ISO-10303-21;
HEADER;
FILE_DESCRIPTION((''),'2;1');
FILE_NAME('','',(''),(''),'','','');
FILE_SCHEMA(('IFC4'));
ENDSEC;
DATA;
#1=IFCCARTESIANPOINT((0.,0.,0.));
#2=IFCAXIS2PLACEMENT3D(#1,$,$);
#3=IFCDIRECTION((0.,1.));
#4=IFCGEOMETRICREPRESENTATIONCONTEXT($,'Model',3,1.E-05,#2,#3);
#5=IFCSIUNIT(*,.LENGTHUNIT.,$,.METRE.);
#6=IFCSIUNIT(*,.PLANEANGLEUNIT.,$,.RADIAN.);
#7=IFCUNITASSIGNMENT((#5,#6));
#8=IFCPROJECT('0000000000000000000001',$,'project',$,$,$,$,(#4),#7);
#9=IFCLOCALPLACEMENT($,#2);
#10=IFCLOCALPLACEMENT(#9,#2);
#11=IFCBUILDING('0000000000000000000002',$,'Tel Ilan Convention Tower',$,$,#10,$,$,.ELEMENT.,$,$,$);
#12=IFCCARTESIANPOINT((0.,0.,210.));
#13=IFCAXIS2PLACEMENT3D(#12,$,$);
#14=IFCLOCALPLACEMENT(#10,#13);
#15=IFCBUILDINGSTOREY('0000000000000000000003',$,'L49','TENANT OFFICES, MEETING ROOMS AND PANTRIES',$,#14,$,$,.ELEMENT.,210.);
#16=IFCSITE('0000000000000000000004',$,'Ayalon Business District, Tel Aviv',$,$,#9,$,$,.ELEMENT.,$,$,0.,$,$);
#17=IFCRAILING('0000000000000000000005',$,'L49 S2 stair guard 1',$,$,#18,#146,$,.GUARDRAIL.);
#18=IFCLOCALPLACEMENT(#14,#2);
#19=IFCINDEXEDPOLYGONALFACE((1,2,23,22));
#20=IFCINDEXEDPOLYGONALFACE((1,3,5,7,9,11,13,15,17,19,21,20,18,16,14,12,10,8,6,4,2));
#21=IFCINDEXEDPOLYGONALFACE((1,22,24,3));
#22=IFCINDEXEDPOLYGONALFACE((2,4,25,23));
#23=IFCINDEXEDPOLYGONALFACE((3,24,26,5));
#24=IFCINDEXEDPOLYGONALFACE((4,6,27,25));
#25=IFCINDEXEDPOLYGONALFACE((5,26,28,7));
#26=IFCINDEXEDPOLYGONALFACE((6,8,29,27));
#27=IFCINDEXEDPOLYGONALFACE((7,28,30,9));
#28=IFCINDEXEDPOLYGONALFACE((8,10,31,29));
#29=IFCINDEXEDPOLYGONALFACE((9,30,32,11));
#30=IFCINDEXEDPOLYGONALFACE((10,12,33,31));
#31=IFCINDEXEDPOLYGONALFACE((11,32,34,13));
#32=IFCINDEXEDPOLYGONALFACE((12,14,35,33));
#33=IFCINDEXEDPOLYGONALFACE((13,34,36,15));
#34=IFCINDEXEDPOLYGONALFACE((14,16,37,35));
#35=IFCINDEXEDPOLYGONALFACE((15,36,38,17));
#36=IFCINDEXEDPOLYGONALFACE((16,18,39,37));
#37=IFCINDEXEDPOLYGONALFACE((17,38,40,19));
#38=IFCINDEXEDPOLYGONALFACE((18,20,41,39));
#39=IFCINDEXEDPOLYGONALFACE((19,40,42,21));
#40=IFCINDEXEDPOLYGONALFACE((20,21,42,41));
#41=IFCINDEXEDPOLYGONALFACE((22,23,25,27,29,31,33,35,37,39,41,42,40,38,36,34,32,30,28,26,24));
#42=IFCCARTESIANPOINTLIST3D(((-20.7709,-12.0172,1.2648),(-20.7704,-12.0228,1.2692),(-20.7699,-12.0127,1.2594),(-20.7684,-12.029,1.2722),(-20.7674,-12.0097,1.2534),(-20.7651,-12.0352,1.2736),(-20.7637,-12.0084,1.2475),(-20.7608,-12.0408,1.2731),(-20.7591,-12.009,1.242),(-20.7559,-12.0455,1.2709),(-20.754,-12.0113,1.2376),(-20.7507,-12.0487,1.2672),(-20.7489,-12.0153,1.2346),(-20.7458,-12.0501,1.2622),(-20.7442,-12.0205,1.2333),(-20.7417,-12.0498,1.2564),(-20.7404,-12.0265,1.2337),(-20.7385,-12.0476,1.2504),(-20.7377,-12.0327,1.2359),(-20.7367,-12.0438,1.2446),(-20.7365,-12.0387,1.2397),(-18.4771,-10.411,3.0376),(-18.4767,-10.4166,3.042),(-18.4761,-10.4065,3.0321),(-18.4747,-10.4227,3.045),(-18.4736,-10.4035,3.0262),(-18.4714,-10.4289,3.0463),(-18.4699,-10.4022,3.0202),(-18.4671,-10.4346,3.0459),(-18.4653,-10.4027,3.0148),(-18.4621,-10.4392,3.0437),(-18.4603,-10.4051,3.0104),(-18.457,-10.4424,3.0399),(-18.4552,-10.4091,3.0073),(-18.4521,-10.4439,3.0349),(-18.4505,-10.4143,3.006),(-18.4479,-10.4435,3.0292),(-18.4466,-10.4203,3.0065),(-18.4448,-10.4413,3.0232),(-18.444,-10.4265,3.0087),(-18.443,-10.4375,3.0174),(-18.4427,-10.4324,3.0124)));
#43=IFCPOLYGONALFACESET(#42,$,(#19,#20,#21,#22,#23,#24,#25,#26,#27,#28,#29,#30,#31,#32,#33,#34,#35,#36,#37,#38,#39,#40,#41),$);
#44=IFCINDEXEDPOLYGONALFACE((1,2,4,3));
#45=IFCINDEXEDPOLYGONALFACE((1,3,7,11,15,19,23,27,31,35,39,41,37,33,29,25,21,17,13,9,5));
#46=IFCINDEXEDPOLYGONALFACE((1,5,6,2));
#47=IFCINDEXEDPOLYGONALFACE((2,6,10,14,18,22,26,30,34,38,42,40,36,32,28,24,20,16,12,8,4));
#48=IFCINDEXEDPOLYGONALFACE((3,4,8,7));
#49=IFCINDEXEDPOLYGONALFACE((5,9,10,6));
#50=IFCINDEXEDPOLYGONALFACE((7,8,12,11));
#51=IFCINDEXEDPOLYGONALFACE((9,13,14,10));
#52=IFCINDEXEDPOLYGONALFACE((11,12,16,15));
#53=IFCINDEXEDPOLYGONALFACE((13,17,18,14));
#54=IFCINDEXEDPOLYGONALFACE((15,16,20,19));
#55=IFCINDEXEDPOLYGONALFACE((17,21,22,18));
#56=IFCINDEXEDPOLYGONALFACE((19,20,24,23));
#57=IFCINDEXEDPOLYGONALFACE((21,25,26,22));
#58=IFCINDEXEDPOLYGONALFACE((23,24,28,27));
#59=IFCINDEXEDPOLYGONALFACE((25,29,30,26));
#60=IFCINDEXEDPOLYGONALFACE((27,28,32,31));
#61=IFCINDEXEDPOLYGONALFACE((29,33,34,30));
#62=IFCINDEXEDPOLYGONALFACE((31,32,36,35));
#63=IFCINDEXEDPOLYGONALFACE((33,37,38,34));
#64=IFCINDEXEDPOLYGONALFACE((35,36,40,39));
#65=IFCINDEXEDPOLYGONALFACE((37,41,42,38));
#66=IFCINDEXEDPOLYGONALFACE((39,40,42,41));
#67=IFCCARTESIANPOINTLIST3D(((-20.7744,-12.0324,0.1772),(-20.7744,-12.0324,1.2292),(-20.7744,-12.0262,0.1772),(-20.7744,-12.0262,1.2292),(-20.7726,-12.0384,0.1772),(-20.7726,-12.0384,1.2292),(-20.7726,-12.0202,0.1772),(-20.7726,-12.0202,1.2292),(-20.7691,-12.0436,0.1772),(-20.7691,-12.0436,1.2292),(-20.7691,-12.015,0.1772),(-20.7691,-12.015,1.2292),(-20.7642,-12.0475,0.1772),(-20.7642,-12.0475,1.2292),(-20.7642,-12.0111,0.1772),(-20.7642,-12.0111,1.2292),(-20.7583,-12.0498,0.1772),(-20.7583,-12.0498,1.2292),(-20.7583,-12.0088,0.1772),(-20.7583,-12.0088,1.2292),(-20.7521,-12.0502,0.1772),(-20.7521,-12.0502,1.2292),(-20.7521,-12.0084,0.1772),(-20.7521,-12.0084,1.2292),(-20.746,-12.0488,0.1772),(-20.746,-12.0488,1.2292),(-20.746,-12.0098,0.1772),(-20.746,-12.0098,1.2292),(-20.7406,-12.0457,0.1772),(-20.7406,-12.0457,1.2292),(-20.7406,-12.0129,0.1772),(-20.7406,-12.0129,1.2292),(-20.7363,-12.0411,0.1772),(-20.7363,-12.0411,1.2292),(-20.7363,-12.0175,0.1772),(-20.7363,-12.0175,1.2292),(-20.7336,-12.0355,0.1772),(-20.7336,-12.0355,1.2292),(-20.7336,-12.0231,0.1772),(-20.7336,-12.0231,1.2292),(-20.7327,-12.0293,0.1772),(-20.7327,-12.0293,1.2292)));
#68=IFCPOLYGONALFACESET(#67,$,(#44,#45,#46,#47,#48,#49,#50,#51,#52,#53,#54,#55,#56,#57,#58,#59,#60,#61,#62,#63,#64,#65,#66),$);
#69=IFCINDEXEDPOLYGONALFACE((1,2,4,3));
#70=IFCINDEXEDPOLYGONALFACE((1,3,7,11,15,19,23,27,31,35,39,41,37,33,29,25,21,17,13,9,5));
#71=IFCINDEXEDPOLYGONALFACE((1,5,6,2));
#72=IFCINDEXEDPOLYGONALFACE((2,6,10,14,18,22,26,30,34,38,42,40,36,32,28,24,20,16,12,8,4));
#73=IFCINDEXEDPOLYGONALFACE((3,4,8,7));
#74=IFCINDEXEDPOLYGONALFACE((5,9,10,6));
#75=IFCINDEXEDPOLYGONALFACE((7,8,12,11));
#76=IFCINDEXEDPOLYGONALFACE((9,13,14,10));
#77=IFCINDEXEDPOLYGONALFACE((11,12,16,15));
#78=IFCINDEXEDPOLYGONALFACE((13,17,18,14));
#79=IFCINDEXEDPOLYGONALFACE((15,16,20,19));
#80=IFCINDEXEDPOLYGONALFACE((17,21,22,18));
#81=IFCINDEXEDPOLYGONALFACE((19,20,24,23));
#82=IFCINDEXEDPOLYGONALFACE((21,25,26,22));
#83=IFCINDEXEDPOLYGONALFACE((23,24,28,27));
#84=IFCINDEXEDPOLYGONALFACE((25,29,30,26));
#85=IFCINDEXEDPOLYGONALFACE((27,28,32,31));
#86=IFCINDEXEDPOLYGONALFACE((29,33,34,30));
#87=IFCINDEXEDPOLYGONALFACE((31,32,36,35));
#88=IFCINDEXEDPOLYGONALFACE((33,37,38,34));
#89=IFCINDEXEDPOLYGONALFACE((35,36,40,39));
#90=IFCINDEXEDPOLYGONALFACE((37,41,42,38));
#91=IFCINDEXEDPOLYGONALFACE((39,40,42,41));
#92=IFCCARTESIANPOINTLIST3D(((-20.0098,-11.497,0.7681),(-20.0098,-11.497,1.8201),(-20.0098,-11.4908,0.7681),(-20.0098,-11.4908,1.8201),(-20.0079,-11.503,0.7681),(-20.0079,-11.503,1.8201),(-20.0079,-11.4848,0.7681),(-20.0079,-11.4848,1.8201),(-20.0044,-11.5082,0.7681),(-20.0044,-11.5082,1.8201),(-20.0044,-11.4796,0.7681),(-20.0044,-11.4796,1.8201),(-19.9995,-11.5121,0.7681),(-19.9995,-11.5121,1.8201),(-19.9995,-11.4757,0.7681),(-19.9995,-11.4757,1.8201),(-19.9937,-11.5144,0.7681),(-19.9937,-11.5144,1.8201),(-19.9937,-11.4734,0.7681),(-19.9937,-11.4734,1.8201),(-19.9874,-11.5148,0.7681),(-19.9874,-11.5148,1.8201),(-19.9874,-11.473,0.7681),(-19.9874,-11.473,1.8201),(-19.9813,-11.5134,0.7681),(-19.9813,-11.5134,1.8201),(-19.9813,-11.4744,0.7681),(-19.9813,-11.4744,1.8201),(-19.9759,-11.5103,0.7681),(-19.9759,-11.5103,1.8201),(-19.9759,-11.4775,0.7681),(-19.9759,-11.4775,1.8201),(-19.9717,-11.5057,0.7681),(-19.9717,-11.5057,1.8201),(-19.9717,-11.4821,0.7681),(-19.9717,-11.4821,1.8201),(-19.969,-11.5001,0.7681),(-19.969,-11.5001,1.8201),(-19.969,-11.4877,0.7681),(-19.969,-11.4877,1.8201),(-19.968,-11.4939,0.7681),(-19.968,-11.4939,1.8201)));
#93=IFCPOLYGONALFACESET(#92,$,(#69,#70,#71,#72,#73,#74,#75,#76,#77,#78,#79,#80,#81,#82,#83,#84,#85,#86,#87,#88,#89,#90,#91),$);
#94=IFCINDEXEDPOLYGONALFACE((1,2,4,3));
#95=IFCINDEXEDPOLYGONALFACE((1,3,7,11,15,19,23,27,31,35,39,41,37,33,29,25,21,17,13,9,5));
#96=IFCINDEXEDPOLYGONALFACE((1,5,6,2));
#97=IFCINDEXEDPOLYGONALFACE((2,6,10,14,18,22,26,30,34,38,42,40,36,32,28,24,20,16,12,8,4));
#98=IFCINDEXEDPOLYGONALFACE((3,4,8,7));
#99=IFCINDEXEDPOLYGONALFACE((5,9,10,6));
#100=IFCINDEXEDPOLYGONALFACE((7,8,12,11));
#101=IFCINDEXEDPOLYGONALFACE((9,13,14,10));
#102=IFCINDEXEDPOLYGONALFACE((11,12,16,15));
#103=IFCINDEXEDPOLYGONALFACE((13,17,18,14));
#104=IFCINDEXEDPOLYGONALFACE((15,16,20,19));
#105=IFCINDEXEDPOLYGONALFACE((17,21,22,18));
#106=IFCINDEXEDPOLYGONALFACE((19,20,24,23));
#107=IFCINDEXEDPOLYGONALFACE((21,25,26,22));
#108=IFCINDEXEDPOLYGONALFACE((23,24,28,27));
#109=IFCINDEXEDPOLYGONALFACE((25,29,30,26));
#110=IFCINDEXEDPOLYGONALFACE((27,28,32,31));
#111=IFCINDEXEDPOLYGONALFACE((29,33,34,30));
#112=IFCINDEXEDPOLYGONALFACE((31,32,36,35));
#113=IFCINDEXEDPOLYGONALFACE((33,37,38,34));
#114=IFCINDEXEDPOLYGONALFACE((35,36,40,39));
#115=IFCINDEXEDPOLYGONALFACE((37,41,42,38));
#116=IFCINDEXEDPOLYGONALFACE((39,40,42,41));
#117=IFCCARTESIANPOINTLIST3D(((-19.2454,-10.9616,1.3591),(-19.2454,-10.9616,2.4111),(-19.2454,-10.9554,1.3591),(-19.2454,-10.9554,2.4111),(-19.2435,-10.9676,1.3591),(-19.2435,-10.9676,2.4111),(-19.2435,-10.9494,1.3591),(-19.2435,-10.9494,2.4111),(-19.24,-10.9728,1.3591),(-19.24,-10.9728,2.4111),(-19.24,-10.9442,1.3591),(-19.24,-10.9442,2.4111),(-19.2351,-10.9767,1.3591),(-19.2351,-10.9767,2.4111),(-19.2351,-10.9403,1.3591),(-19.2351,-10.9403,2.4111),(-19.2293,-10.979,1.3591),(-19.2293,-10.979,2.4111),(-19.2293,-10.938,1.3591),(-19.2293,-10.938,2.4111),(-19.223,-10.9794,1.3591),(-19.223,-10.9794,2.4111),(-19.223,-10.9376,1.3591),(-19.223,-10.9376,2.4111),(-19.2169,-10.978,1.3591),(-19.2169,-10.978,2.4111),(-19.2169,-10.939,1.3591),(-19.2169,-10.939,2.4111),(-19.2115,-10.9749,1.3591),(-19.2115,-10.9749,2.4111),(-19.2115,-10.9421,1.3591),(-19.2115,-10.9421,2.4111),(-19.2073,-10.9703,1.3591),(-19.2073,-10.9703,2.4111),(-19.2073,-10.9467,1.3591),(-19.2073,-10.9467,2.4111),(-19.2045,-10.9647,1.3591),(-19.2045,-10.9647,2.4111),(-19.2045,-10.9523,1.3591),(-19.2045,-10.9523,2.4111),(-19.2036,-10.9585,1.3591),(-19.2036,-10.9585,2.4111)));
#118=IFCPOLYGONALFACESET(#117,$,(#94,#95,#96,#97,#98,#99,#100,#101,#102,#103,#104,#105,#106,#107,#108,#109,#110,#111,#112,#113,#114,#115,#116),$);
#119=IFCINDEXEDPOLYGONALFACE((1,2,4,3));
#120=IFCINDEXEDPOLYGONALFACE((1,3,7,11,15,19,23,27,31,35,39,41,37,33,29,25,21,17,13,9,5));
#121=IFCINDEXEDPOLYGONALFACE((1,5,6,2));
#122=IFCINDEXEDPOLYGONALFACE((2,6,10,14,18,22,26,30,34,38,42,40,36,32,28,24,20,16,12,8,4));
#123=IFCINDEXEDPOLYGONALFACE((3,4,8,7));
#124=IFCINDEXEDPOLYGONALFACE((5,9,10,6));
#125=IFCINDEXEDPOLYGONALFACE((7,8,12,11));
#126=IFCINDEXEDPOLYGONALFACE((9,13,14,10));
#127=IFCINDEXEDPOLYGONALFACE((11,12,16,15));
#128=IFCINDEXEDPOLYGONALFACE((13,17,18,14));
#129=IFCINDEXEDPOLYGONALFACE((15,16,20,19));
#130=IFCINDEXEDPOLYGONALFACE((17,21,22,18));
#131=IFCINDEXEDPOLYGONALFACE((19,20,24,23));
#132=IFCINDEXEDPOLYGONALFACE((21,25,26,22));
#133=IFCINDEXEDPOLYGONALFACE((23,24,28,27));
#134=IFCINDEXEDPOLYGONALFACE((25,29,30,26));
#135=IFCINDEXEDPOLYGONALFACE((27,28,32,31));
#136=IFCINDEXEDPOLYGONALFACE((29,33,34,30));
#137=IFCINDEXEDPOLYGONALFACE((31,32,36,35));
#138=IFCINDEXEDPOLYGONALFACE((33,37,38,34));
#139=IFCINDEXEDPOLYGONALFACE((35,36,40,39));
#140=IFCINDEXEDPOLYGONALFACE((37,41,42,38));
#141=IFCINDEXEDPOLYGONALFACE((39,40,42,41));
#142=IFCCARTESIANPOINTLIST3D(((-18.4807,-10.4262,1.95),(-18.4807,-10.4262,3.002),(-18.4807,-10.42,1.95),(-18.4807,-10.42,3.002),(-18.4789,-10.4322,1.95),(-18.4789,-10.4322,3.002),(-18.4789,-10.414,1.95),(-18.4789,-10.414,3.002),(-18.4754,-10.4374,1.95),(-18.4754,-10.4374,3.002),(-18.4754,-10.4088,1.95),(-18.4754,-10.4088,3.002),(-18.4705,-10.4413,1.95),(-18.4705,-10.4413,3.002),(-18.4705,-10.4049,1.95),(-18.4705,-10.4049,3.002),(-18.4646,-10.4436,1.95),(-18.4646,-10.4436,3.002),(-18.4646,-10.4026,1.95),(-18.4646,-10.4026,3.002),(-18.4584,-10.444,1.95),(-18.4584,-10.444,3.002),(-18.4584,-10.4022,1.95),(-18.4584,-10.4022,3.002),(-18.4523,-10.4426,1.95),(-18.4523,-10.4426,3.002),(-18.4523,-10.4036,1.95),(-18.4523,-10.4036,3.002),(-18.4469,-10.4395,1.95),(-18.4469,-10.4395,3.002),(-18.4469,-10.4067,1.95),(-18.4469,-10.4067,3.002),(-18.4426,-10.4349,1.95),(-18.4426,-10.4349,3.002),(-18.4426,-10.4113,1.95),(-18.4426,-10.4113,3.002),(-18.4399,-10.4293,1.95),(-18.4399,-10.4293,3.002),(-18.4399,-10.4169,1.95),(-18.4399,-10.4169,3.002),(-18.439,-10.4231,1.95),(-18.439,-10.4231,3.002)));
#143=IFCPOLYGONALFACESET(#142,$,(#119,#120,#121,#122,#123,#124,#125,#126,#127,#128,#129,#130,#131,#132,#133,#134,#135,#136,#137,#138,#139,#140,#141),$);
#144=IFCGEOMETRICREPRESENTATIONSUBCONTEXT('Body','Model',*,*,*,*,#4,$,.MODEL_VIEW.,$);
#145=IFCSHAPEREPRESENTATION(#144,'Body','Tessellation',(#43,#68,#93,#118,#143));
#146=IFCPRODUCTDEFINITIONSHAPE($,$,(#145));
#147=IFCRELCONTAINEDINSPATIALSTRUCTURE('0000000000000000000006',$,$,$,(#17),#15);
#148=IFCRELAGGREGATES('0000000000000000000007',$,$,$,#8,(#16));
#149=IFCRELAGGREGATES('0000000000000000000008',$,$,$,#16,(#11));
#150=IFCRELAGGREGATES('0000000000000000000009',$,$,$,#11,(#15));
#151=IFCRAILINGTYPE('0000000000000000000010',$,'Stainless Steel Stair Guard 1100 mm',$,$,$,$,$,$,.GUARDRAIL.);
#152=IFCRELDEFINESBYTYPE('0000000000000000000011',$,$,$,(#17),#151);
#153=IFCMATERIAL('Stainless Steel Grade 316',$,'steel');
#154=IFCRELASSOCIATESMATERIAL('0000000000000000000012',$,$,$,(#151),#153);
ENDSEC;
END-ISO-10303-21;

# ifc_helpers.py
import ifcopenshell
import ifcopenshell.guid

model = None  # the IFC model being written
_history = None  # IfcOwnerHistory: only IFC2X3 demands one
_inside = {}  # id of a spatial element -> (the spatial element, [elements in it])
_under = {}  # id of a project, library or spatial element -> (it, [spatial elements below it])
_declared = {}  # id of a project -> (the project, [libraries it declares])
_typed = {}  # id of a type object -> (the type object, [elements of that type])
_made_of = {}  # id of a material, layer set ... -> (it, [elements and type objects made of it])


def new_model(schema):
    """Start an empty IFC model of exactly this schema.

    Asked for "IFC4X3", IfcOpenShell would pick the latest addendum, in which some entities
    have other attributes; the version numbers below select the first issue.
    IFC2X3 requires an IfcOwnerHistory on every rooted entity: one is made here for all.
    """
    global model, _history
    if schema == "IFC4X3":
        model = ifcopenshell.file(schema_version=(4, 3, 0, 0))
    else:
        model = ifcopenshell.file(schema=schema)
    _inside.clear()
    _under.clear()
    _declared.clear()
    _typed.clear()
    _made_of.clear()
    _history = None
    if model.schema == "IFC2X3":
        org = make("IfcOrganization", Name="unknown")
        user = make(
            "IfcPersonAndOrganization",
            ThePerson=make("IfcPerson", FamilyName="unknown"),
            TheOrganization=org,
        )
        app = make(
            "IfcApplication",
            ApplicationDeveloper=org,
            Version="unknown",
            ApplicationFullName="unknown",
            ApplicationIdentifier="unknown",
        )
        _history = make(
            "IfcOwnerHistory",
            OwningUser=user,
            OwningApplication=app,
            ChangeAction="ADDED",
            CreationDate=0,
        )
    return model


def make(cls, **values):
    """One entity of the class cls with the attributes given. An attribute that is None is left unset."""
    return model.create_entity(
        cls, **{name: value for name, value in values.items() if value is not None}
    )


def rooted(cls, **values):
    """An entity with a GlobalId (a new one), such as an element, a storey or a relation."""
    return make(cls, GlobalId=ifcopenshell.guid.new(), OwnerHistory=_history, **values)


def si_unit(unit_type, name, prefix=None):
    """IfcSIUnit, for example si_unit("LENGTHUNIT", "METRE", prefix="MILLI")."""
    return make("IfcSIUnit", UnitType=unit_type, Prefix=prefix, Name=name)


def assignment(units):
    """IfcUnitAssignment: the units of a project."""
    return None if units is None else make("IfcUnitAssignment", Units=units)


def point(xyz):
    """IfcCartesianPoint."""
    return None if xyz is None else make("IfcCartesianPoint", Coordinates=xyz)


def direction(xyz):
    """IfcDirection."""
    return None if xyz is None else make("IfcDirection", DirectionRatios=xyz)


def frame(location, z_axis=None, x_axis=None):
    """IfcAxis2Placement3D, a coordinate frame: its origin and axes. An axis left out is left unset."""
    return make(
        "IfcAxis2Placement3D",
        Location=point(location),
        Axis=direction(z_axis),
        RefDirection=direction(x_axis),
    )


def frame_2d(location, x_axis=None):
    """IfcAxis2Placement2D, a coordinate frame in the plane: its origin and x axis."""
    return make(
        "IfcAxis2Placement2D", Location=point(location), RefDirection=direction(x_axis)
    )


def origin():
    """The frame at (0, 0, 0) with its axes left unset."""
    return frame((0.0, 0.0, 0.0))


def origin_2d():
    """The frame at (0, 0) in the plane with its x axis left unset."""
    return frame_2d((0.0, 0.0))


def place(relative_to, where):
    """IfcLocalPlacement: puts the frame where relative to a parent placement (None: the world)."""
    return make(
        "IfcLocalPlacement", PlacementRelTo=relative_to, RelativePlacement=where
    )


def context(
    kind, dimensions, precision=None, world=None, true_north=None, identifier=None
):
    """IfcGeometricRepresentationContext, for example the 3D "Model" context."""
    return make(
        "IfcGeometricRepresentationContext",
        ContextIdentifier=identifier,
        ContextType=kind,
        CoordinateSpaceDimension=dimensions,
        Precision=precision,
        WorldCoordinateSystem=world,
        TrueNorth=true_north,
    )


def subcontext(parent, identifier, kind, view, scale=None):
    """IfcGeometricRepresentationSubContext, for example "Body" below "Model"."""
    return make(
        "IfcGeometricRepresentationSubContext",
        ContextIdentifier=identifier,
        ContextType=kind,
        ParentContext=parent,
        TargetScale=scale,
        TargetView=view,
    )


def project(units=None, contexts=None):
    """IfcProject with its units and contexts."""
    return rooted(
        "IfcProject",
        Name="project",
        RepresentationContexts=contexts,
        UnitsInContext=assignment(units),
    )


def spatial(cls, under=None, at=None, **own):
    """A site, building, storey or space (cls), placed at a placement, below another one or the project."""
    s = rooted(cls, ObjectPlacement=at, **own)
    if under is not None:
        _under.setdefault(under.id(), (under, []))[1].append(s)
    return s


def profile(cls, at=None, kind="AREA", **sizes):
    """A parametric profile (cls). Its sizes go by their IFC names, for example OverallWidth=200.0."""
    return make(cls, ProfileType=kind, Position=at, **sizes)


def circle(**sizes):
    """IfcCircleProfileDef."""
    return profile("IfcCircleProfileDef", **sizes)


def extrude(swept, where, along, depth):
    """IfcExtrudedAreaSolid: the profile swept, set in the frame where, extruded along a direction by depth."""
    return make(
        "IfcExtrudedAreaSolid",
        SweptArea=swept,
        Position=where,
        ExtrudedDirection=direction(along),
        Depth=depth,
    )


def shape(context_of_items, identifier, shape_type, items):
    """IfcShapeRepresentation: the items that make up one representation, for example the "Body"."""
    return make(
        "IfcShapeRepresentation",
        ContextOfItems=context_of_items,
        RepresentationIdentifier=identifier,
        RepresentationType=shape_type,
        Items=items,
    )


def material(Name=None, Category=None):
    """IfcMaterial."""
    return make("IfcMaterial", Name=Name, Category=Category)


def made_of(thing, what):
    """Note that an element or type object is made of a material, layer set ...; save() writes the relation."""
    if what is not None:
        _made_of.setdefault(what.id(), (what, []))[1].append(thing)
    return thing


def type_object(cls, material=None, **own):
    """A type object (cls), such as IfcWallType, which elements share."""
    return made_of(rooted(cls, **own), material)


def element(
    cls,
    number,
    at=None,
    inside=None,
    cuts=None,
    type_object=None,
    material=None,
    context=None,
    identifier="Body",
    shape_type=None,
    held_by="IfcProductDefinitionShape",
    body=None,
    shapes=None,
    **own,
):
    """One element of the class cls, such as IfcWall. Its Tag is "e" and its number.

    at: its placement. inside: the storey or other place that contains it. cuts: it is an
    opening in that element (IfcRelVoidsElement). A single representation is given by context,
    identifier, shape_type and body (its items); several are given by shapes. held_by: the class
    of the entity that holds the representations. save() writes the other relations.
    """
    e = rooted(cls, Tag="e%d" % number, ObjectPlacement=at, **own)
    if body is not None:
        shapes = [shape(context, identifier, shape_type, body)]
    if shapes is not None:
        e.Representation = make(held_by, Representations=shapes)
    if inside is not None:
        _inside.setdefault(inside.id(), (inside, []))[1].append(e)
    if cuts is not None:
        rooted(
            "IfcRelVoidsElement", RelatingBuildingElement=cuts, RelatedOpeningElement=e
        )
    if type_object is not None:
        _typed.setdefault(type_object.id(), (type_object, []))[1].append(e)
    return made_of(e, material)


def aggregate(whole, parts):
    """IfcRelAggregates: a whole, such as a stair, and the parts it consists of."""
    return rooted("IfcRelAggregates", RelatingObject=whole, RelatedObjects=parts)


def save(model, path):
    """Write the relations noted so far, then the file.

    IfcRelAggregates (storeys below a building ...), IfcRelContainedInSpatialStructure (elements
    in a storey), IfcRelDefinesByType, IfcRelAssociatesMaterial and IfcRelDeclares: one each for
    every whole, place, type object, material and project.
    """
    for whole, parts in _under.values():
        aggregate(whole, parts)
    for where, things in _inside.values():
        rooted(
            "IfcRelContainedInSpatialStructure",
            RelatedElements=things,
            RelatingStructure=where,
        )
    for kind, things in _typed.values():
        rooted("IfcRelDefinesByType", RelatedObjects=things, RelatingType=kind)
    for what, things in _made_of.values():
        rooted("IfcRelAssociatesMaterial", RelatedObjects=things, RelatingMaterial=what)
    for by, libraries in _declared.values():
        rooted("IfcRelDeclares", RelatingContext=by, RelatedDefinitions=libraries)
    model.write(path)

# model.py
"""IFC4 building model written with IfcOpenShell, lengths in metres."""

from ifc_helpers import new_model, si_unit, direction, frame, origin, origin_2d, place, context, subcontext, project, spatial, circle, extrude, material, type_object, element, save


model = new_model("IFC4")

# Units and contexts
model_context = context("Model", 3, precision=1e-05, world=origin(), true_north=direction((0.0, 1.0)))
body_context = subcontext(model_context, "Body", "Model", "MODEL_VIEW")
ifc_project = project(units=[si_unit("LENGTHUNIT", "METRE"), si_unit("PLANEANGLEUNIT", "RADIAN")], contexts=[model_context])

# Site, building, storey
site_placement = place(None, origin())
site = spatial("IfcSite", under=ifc_project, at=site_placement, Name="Ayalon Business District, Tel Aviv", CompositionType="ELEMENT", RefElevation=0.0)
building_placement = place(site_placement, origin())
building = spatial("IfcBuilding", under=site, at=building_placement, Name="Tel Ilan Convention Tower", CompositionType="ELEMENT")
storey_placement = place(building_placement, frame((0.0, 0.0, 210.0)))
storey = spatial("IfcBuildingStorey", under=building, at=storey_placement, Name="L49", Description="TENANT OFFICES, MEETING ROOMS AND PANTRIES", CompositionType="ELEMENT", Elevation=210.0)

# Railing
ifc_material_1 = material(Name="Stainless Steel Grade 316", Category="steel")
railing_type_1 = type_object("IfcRailingType", Name="Stainless Steel Stair Guard 1100 mm", PredefinedType="GUARDRAIL", material=ifc_material_1)
railing_1_placement = place(storey_placement, frame((-20.7537, -12.0293, 0.1772)))
element("IfcRailing", 1, at=railing_1_placement, inside=storey, type_object=railing_type_1, Name="L49 S2 stair guard 1", PredefinedType="GUARDRAIL", context=body_context, shape_type="SweptSolid", body=[
    extrude(circle(Radius=0.0239, at=origin_2d()), frame((0.0, 0.0, 1.0762), z_axis=(0.692098, 0.484653, 0.534894), x_axis=(-0.573609, 0.81913, 0.0)), (0.0, 0.0, 1.0), 3.3142),
    extrude(circle(Radius=0.021, at=origin_2d()), origin(), (0.0, 0.0, 1.0), 1.052),
    extrude(circle(Radius=0.021, at=origin_2d()), frame((0.7646, 0.5354, 0.5908)), (0.0, 0.0, 1.0), 1.052),
    extrude(circle(Radius=0.021, at=origin_2d()), frame((1.5291, 1.0708, 1.1819)), (0.0, 0.0, 1.0), 1.052),
    extrude(circle(Radius=0.021, at=origin_2d()), frame((2.2937, 1.6062, 1.7727)), (0.0, 0.0, 1.0), 1.052),
])

save(model, "model.ifc")
